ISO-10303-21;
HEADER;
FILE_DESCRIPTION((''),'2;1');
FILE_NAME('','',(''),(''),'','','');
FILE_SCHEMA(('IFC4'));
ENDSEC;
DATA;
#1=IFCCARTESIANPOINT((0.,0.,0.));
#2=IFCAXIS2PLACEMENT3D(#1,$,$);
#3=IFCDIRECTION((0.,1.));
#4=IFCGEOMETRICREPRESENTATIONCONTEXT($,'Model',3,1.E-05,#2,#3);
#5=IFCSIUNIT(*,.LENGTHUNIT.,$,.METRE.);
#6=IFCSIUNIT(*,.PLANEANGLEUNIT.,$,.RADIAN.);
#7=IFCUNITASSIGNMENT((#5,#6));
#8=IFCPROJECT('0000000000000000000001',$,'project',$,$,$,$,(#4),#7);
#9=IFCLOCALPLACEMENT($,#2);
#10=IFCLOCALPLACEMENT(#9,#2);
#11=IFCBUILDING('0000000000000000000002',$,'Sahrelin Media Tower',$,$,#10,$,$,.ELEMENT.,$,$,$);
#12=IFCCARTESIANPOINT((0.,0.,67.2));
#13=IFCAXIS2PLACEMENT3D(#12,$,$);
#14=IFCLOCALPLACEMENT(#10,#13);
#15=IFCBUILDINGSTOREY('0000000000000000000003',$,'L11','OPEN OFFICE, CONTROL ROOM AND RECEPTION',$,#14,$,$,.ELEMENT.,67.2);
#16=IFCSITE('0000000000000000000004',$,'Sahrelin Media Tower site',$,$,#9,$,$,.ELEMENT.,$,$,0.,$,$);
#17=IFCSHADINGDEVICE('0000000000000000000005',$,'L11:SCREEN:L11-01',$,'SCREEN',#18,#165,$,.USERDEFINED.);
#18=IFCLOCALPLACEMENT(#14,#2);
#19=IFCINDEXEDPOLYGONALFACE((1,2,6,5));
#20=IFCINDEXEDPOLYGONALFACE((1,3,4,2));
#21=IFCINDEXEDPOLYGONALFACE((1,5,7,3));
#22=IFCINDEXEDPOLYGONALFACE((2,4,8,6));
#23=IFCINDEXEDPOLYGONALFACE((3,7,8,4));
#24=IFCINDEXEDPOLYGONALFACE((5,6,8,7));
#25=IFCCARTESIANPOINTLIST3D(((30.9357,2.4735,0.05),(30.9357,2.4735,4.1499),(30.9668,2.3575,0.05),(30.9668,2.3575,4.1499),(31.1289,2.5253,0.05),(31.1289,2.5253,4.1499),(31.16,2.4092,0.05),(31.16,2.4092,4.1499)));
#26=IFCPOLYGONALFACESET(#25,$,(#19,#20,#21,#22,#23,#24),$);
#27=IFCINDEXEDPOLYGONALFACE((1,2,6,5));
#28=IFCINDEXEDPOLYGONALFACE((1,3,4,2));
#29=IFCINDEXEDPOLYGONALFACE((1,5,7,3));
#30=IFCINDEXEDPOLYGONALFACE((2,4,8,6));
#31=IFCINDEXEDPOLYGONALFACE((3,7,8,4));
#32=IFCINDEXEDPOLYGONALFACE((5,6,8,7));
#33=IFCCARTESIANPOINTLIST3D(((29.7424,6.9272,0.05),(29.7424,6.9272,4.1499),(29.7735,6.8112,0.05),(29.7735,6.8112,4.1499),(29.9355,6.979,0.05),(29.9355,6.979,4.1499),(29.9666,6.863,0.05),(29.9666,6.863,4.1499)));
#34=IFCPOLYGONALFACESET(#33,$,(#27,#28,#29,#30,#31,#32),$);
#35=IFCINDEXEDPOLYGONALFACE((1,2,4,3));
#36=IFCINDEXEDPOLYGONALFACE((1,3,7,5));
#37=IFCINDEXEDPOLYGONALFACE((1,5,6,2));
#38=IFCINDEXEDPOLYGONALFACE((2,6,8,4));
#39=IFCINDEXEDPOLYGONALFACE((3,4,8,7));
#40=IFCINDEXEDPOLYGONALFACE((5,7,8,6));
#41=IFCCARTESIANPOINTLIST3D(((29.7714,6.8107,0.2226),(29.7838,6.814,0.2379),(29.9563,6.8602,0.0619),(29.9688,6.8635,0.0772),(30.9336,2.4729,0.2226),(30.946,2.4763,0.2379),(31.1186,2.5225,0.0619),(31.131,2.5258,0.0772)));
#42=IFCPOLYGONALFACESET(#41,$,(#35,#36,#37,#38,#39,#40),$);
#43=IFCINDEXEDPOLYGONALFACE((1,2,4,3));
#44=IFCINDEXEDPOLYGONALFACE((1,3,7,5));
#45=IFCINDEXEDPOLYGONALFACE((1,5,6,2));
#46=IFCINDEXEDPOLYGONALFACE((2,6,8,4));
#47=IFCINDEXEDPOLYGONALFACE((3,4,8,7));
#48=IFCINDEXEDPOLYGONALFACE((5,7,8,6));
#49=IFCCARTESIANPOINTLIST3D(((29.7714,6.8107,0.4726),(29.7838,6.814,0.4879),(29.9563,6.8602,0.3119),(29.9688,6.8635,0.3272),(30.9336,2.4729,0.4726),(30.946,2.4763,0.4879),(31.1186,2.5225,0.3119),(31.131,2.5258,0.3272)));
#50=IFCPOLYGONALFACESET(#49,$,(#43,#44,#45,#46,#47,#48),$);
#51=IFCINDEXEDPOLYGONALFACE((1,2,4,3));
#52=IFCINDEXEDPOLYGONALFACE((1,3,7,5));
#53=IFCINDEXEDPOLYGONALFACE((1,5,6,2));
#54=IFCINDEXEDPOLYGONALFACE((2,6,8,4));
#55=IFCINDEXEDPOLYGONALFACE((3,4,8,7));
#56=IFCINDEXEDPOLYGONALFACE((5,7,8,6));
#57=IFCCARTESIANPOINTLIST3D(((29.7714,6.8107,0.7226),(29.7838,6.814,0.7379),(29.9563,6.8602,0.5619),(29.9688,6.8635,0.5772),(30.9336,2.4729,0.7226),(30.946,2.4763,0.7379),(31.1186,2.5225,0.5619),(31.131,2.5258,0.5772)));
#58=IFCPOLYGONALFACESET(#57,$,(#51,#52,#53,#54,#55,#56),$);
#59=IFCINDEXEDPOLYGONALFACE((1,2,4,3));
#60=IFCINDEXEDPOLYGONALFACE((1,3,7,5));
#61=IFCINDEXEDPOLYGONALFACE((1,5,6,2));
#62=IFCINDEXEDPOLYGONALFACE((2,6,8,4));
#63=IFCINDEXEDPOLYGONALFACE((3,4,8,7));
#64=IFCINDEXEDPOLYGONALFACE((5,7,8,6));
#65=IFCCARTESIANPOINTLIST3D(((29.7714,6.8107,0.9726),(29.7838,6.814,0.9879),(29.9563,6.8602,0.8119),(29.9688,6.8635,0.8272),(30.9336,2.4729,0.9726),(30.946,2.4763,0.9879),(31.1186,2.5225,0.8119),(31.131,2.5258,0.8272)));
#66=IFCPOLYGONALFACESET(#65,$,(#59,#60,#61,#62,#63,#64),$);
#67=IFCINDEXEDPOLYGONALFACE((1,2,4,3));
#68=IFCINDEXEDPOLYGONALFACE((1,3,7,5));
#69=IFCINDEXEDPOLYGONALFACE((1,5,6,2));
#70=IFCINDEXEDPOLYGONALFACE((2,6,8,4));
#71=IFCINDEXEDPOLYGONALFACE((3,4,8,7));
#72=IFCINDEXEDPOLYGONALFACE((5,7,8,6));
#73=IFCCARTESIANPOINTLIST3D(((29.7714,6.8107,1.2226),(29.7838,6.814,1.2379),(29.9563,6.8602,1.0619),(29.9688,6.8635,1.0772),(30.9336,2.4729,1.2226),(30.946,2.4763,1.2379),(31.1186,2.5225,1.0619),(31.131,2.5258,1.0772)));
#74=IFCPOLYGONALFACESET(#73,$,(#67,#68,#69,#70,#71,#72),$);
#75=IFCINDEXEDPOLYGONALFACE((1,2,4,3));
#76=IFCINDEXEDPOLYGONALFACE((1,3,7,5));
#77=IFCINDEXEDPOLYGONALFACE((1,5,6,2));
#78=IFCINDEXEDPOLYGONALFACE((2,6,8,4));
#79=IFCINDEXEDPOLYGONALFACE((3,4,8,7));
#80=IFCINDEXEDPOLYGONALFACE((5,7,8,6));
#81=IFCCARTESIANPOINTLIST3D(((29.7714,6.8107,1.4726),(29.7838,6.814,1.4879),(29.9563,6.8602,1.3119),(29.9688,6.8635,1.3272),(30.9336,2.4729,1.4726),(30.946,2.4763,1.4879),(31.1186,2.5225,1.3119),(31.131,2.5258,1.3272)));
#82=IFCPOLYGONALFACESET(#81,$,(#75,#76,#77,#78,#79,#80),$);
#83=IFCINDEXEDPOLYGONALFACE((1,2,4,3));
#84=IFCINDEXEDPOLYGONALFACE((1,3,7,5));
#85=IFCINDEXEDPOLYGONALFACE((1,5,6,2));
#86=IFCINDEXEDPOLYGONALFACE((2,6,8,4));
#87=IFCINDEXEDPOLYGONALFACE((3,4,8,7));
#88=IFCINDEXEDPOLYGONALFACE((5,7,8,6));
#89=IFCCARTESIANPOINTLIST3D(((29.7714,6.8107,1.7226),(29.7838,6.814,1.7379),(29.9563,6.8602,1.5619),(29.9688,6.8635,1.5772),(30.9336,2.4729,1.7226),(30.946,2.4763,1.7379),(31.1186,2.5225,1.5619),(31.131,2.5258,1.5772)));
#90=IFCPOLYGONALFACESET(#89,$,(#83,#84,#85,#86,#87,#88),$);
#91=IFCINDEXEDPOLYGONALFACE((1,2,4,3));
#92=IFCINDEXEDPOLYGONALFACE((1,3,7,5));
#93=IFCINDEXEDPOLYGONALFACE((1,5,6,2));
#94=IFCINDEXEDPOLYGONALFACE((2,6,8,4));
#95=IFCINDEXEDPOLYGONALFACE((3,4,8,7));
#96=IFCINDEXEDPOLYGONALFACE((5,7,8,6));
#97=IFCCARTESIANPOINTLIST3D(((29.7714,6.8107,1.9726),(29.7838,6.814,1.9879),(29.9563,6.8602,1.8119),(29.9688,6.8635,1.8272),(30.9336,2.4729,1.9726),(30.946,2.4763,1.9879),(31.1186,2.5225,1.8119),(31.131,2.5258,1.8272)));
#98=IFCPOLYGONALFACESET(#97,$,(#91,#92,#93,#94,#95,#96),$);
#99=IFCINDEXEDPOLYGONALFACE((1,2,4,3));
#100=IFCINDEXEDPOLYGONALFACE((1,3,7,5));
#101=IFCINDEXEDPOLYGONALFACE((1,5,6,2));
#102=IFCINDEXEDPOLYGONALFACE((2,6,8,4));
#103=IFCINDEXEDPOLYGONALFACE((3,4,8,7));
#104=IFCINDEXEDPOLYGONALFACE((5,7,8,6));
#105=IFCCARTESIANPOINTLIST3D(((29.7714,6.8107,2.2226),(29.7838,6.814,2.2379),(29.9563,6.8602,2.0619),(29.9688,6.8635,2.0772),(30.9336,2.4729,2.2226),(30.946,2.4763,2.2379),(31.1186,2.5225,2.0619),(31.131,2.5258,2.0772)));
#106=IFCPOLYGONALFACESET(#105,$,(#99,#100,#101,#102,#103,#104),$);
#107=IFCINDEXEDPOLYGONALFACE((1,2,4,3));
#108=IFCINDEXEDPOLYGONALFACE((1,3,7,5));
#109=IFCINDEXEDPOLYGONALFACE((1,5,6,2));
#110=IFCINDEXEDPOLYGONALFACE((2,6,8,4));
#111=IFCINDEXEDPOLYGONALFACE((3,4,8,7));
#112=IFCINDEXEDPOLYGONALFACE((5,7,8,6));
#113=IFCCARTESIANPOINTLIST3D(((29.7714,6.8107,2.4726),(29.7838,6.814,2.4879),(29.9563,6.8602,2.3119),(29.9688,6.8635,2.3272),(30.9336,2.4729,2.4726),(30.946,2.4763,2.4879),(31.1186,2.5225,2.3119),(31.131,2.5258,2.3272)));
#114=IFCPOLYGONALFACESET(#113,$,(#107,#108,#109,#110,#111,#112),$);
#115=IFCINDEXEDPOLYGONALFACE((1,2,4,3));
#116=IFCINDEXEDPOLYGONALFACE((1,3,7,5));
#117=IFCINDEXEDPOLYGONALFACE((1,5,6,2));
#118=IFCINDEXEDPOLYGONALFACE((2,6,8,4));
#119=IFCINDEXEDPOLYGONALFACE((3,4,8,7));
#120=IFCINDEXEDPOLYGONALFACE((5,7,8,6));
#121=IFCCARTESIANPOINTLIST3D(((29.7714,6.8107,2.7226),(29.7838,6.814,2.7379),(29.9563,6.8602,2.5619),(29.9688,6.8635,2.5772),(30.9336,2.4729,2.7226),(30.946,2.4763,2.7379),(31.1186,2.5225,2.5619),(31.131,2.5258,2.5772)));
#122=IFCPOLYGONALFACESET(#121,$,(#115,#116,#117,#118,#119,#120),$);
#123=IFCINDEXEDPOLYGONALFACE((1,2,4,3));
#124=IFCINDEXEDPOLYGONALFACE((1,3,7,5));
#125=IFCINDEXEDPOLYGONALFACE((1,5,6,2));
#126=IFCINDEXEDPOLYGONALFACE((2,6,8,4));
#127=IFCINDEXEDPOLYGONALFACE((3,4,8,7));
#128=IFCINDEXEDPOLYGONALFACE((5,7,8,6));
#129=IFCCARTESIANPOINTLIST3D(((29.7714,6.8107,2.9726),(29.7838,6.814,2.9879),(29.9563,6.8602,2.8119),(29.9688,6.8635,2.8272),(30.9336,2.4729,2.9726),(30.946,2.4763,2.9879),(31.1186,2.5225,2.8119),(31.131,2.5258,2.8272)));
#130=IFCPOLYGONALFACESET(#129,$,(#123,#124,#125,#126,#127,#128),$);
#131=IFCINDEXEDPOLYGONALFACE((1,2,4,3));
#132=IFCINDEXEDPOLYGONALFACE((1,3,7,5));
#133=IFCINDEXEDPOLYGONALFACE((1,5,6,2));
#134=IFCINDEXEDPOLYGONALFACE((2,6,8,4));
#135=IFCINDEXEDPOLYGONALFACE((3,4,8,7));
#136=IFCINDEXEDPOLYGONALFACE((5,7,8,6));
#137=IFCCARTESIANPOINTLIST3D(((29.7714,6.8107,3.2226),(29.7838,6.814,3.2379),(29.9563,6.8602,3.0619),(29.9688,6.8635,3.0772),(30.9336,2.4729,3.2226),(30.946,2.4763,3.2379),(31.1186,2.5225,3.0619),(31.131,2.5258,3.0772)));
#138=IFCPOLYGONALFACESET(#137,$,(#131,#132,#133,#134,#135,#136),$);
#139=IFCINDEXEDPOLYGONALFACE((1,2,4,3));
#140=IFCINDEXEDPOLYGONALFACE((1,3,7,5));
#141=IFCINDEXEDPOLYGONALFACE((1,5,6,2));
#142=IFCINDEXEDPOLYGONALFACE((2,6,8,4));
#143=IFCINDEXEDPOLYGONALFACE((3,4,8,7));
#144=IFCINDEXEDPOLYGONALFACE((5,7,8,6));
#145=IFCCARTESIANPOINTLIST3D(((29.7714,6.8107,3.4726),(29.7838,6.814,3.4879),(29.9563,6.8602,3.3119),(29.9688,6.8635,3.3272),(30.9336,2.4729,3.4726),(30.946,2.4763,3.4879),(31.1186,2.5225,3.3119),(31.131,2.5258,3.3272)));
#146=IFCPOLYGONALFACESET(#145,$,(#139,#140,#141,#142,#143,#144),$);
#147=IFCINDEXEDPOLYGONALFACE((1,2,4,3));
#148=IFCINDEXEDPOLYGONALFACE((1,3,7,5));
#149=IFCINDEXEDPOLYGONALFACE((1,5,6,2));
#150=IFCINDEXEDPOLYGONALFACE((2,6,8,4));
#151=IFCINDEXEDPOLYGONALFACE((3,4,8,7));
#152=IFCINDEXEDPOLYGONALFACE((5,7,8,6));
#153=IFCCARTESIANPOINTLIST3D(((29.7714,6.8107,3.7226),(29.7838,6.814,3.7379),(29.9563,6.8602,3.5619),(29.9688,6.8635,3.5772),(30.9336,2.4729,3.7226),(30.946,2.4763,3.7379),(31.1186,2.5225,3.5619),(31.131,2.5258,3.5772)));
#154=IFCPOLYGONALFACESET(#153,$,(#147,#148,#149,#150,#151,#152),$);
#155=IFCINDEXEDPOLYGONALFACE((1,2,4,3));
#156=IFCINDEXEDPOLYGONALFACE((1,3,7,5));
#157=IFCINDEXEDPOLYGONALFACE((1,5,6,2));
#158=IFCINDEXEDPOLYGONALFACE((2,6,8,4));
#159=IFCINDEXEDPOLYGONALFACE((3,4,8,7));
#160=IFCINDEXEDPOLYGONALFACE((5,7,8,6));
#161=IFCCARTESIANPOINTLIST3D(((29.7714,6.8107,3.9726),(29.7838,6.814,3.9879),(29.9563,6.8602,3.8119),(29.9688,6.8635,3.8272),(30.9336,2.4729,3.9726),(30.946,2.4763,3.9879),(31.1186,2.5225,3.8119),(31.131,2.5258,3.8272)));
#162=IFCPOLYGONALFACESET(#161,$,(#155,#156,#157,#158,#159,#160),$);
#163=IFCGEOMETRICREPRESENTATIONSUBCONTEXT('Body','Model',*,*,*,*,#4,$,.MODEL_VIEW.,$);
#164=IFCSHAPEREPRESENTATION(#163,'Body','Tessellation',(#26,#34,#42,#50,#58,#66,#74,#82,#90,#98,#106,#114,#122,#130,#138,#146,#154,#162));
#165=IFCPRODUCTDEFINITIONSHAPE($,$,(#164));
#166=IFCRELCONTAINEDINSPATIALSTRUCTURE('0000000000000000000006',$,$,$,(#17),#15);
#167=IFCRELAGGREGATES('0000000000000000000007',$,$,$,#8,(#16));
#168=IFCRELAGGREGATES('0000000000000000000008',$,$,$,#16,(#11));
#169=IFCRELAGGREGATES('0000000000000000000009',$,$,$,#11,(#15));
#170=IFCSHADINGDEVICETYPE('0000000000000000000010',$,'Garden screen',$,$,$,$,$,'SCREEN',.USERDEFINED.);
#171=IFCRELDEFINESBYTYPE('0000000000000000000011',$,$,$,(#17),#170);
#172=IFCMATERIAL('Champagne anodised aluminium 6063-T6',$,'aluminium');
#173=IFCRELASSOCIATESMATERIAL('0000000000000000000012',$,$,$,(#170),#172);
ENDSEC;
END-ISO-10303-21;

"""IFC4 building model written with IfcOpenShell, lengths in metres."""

from ifc_helpers import new_model, si_unit, direction, frame, origin, origin_2d, place, context, subcontext, project, spatial, rectangle, extrude, material, type_object, element, save


model = new_model("IFC4")

# Units and contexts
model_context = context("Model", 3, precision=1e-05, world=origin(), true_north=direction((0.0, 1.0)))
body_context = subcontext(model_context, "Body", "Model", "MODEL_VIEW")
ifc_project = project(units=[si_unit("LENGTHUNIT", "METRE"), si_unit("PLANEANGLEUNIT", "RADIAN")], contexts=[model_context])

# Site, building, storey
site_placement = place(None, origin())
site = spatial("IfcSite", under=ifc_project, at=site_placement, Name="Sahrelin Media Tower site", CompositionType="ELEMENT", RefElevation=0.0)
building_placement = place(site_placement, origin())
building = spatial("IfcBuilding", under=site, at=building_placement, Name="Sahrelin Media Tower", CompositionType="ELEMENT")
storey_placement = place(building_placement, frame((0.0, 0.0, 67.2)))
storey = spatial("IfcBuildingStorey", under=building, at=storey_placement, Name="L11", Description="OPEN OFFICE, CONTROL ROOM AND RECEPTION", CompositionType="ELEMENT", Elevation=67.2)

# Shading device
ifc_material_1 = material(Name="Champagne anodised aluminium 6063-T6", Category="aluminium")
shading_device_type = type_object("IfcShadingDeviceType", Name="Garden screen", ElementType="SCREEN", PredefinedType="USERDEFINED", material=ifc_material_1)
shading_device_1_placement = place(storey_placement, frame((30.3545, 4.6423, 0.0), z_axis=(0.0, 0.0, 1.0), x_axis=(0.258808, -0.965929, 0.0)))
element("IfcShadingDevice", 1, at=shading_device_1_placement, inside=storey, type_object=shading_device_type, Name="L11:SCREEN:L11-01", ObjectType="SCREEN", PredefinedType="USERDEFINED", context=body_context, shape_type="SweptSolid", body=[
    extrude(rectangle(XDim=0.1201, YDim=0.2, at=origin_2d()), frame((2.3054, 0.1001, 0.05), z_axis=(0.0, 0.0, 1.0), x_axis=(1.0, 0.0, 0.0)), (0.0, 0.0, 1.0), 4.0999),
    extrude(rectangle(XDim=0.1201, YDim=0.2, at=origin_2d()), frame((-2.3054, 0.1001, 0.05), z_axis=(0.0, 0.0, 1.0), x_axis=(1.0, 0.0, 0.0)), (0.0, 0.0, 1.0), 4.0999),
    extrude(rectangle(XDim=0.25, YDim=0.02, at=origin_2d()), frame((2.2454, 0.1001, 0.1499), z_axis=(-1.0, 0.0, 0.0), x_axis=(0.0, -0.766044, 0.642788)), (0.0, 0.0, 1.0), 4.4907),
    extrude(rectangle(XDim=0.25, YDim=0.02, at=origin_2d()), frame((2.2454, 0.1001, 0.3999), z_axis=(-1.0, 0.0, 0.0), x_axis=(0.0, -0.766044, 0.642788)), (0.0, 0.0, 1.0), 4.4907),
    extrude(rectangle(XDim=0.25, YDim=0.02, at=origin_2d()), frame((2.2454, 0.1001, 0.6499), z_axis=(-1.0, 0.0, 0.0), x_axis=(0.0, -0.766044, 0.642788)), (0.0, 0.0, 1.0), 4.4907),
    extrude(rectangle(XDim=0.25, YDim=0.02, at=origin_2d()), frame((2.2454, 0.1001, 0.8999), z_axis=(-1.0, 0.0, 0.0), x_axis=(0.0, -0.766044, 0.642788)), (0.0, 0.0, 1.0), 4.4907),
    extrude(rectangle(XDim=0.25, YDim=0.02, at=origin_2d()), frame((2.2454, 0.1001, 1.1499), z_axis=(-1.0, 0.0, 0.0), x_axis=(0.0, -0.766044, 0.642788)), (0.0, 0.0, 1.0), 4.4907),
    extrude(rectangle(XDim=0.25, YDim=0.02, at=origin_2d()), frame((2.2454, 0.1001, 1.3999), z_axis=(-1.0, 0.0, 0.0), x_axis=(0.0, -0.766044, 0.642788)), (0.0, 0.0, 1.0), 4.4907),
    extrude(rectangle(XDim=0.25, YDim=0.02, at=origin_2d()), frame((2.2454, 0.1001, 1.6499), z_axis=(-1.0, 0.0, 0.0), x_axis=(0.0, -0.766044, 0.642788)), (0.0, 0.0, 1.0), 4.4907),
    extrude(rectangle(XDim=0.25, YDim=0.02, at=origin_2d()), frame((2.2454, 0.1001, 1.8999), z_axis=(-1.0, 0.0, 0.0), x_axis=(0.0, -0.766044, 0.642788)), (0.0, 0.0, 1.0), 4.4907),
    extrude(rectangle(XDim=0.25, YDim=0.02, at=origin_2d()), frame((2.2454, 0.1001, 2.1499), z_axis=(-1.0, 0.0, 0.0), x_axis=(0.0, -0.766044, 0.642788)), (0.0, 0.0, 1.0), 4.4907),
    extrude(rectangle(XDim=0.25, YDim=0.02, at=origin_2d()), frame((2.2454, 0.1001, 2.3999), z_axis=(-1.0, 0.0, 0.0), x_axis=(0.0, -0.766044, 0.642788)), (0.0, 0.0, 1.0), 4.4907),
    extrude(rectangle(XDim=0.25, YDim=0.02, at=origin_2d()), frame((2.2454, 0.1001, 2.6499), z_axis=(-1.0, 0.0, 0.0), x_axis=(0.0, -0.766044, 0.642788)), (0.0, 0.0, 1.0), 4.4907),
    extrude(rectangle(XDim=0.25, YDim=0.02, at=origin_2d()), frame((2.2454, 0.1001, 2.8999), z_axis=(-1.0, 0.0, 0.0), x_axis=(0.0, -0.766044, 0.642788)), (0.0, 0.0, 1.0), 4.4907),
    extrude(rectangle(XDim=0.25, YDim=0.02, at=origin_2d()), frame((2.2454, 0.1001, 3.1499), z_axis=(-1.0, 0.0, 0.0), x_axis=(0.0, -0.766044, 0.642788)), (0.0, 0.0, 1.0), 4.4907),
    extrude(rectangle(XDim=0.25, YDim=0.02, at=origin_2d()), frame((2.2454, 0.1001, 3.3999), z_axis=(-1.0, 0.0, 0.0), x_axis=(0.0, -0.766044, 0.642788)), (0.0, 0.0, 1.0), 4.4907),
    extrude(rectangle(XDim=0.25, YDim=0.02, at=origin_2d()), frame((2.2454, 0.1001, 3.6499), z_axis=(-1.0, 0.0, 0.0), x_axis=(0.0, -0.766044, 0.642788)), (0.0, 0.0, 1.0), 4.4907),
    extrude(rectangle(XDim=0.25, YDim=0.02, at=origin_2d()), frame((2.2454, 0.1001, 3.8999), z_axis=(-1.0, 0.0, 0.0), x_axis=(0.0, -0.766044, 0.642788)), (0.0, 0.0, 1.0), 4.4907),
])

save(model, "model.ifc")
